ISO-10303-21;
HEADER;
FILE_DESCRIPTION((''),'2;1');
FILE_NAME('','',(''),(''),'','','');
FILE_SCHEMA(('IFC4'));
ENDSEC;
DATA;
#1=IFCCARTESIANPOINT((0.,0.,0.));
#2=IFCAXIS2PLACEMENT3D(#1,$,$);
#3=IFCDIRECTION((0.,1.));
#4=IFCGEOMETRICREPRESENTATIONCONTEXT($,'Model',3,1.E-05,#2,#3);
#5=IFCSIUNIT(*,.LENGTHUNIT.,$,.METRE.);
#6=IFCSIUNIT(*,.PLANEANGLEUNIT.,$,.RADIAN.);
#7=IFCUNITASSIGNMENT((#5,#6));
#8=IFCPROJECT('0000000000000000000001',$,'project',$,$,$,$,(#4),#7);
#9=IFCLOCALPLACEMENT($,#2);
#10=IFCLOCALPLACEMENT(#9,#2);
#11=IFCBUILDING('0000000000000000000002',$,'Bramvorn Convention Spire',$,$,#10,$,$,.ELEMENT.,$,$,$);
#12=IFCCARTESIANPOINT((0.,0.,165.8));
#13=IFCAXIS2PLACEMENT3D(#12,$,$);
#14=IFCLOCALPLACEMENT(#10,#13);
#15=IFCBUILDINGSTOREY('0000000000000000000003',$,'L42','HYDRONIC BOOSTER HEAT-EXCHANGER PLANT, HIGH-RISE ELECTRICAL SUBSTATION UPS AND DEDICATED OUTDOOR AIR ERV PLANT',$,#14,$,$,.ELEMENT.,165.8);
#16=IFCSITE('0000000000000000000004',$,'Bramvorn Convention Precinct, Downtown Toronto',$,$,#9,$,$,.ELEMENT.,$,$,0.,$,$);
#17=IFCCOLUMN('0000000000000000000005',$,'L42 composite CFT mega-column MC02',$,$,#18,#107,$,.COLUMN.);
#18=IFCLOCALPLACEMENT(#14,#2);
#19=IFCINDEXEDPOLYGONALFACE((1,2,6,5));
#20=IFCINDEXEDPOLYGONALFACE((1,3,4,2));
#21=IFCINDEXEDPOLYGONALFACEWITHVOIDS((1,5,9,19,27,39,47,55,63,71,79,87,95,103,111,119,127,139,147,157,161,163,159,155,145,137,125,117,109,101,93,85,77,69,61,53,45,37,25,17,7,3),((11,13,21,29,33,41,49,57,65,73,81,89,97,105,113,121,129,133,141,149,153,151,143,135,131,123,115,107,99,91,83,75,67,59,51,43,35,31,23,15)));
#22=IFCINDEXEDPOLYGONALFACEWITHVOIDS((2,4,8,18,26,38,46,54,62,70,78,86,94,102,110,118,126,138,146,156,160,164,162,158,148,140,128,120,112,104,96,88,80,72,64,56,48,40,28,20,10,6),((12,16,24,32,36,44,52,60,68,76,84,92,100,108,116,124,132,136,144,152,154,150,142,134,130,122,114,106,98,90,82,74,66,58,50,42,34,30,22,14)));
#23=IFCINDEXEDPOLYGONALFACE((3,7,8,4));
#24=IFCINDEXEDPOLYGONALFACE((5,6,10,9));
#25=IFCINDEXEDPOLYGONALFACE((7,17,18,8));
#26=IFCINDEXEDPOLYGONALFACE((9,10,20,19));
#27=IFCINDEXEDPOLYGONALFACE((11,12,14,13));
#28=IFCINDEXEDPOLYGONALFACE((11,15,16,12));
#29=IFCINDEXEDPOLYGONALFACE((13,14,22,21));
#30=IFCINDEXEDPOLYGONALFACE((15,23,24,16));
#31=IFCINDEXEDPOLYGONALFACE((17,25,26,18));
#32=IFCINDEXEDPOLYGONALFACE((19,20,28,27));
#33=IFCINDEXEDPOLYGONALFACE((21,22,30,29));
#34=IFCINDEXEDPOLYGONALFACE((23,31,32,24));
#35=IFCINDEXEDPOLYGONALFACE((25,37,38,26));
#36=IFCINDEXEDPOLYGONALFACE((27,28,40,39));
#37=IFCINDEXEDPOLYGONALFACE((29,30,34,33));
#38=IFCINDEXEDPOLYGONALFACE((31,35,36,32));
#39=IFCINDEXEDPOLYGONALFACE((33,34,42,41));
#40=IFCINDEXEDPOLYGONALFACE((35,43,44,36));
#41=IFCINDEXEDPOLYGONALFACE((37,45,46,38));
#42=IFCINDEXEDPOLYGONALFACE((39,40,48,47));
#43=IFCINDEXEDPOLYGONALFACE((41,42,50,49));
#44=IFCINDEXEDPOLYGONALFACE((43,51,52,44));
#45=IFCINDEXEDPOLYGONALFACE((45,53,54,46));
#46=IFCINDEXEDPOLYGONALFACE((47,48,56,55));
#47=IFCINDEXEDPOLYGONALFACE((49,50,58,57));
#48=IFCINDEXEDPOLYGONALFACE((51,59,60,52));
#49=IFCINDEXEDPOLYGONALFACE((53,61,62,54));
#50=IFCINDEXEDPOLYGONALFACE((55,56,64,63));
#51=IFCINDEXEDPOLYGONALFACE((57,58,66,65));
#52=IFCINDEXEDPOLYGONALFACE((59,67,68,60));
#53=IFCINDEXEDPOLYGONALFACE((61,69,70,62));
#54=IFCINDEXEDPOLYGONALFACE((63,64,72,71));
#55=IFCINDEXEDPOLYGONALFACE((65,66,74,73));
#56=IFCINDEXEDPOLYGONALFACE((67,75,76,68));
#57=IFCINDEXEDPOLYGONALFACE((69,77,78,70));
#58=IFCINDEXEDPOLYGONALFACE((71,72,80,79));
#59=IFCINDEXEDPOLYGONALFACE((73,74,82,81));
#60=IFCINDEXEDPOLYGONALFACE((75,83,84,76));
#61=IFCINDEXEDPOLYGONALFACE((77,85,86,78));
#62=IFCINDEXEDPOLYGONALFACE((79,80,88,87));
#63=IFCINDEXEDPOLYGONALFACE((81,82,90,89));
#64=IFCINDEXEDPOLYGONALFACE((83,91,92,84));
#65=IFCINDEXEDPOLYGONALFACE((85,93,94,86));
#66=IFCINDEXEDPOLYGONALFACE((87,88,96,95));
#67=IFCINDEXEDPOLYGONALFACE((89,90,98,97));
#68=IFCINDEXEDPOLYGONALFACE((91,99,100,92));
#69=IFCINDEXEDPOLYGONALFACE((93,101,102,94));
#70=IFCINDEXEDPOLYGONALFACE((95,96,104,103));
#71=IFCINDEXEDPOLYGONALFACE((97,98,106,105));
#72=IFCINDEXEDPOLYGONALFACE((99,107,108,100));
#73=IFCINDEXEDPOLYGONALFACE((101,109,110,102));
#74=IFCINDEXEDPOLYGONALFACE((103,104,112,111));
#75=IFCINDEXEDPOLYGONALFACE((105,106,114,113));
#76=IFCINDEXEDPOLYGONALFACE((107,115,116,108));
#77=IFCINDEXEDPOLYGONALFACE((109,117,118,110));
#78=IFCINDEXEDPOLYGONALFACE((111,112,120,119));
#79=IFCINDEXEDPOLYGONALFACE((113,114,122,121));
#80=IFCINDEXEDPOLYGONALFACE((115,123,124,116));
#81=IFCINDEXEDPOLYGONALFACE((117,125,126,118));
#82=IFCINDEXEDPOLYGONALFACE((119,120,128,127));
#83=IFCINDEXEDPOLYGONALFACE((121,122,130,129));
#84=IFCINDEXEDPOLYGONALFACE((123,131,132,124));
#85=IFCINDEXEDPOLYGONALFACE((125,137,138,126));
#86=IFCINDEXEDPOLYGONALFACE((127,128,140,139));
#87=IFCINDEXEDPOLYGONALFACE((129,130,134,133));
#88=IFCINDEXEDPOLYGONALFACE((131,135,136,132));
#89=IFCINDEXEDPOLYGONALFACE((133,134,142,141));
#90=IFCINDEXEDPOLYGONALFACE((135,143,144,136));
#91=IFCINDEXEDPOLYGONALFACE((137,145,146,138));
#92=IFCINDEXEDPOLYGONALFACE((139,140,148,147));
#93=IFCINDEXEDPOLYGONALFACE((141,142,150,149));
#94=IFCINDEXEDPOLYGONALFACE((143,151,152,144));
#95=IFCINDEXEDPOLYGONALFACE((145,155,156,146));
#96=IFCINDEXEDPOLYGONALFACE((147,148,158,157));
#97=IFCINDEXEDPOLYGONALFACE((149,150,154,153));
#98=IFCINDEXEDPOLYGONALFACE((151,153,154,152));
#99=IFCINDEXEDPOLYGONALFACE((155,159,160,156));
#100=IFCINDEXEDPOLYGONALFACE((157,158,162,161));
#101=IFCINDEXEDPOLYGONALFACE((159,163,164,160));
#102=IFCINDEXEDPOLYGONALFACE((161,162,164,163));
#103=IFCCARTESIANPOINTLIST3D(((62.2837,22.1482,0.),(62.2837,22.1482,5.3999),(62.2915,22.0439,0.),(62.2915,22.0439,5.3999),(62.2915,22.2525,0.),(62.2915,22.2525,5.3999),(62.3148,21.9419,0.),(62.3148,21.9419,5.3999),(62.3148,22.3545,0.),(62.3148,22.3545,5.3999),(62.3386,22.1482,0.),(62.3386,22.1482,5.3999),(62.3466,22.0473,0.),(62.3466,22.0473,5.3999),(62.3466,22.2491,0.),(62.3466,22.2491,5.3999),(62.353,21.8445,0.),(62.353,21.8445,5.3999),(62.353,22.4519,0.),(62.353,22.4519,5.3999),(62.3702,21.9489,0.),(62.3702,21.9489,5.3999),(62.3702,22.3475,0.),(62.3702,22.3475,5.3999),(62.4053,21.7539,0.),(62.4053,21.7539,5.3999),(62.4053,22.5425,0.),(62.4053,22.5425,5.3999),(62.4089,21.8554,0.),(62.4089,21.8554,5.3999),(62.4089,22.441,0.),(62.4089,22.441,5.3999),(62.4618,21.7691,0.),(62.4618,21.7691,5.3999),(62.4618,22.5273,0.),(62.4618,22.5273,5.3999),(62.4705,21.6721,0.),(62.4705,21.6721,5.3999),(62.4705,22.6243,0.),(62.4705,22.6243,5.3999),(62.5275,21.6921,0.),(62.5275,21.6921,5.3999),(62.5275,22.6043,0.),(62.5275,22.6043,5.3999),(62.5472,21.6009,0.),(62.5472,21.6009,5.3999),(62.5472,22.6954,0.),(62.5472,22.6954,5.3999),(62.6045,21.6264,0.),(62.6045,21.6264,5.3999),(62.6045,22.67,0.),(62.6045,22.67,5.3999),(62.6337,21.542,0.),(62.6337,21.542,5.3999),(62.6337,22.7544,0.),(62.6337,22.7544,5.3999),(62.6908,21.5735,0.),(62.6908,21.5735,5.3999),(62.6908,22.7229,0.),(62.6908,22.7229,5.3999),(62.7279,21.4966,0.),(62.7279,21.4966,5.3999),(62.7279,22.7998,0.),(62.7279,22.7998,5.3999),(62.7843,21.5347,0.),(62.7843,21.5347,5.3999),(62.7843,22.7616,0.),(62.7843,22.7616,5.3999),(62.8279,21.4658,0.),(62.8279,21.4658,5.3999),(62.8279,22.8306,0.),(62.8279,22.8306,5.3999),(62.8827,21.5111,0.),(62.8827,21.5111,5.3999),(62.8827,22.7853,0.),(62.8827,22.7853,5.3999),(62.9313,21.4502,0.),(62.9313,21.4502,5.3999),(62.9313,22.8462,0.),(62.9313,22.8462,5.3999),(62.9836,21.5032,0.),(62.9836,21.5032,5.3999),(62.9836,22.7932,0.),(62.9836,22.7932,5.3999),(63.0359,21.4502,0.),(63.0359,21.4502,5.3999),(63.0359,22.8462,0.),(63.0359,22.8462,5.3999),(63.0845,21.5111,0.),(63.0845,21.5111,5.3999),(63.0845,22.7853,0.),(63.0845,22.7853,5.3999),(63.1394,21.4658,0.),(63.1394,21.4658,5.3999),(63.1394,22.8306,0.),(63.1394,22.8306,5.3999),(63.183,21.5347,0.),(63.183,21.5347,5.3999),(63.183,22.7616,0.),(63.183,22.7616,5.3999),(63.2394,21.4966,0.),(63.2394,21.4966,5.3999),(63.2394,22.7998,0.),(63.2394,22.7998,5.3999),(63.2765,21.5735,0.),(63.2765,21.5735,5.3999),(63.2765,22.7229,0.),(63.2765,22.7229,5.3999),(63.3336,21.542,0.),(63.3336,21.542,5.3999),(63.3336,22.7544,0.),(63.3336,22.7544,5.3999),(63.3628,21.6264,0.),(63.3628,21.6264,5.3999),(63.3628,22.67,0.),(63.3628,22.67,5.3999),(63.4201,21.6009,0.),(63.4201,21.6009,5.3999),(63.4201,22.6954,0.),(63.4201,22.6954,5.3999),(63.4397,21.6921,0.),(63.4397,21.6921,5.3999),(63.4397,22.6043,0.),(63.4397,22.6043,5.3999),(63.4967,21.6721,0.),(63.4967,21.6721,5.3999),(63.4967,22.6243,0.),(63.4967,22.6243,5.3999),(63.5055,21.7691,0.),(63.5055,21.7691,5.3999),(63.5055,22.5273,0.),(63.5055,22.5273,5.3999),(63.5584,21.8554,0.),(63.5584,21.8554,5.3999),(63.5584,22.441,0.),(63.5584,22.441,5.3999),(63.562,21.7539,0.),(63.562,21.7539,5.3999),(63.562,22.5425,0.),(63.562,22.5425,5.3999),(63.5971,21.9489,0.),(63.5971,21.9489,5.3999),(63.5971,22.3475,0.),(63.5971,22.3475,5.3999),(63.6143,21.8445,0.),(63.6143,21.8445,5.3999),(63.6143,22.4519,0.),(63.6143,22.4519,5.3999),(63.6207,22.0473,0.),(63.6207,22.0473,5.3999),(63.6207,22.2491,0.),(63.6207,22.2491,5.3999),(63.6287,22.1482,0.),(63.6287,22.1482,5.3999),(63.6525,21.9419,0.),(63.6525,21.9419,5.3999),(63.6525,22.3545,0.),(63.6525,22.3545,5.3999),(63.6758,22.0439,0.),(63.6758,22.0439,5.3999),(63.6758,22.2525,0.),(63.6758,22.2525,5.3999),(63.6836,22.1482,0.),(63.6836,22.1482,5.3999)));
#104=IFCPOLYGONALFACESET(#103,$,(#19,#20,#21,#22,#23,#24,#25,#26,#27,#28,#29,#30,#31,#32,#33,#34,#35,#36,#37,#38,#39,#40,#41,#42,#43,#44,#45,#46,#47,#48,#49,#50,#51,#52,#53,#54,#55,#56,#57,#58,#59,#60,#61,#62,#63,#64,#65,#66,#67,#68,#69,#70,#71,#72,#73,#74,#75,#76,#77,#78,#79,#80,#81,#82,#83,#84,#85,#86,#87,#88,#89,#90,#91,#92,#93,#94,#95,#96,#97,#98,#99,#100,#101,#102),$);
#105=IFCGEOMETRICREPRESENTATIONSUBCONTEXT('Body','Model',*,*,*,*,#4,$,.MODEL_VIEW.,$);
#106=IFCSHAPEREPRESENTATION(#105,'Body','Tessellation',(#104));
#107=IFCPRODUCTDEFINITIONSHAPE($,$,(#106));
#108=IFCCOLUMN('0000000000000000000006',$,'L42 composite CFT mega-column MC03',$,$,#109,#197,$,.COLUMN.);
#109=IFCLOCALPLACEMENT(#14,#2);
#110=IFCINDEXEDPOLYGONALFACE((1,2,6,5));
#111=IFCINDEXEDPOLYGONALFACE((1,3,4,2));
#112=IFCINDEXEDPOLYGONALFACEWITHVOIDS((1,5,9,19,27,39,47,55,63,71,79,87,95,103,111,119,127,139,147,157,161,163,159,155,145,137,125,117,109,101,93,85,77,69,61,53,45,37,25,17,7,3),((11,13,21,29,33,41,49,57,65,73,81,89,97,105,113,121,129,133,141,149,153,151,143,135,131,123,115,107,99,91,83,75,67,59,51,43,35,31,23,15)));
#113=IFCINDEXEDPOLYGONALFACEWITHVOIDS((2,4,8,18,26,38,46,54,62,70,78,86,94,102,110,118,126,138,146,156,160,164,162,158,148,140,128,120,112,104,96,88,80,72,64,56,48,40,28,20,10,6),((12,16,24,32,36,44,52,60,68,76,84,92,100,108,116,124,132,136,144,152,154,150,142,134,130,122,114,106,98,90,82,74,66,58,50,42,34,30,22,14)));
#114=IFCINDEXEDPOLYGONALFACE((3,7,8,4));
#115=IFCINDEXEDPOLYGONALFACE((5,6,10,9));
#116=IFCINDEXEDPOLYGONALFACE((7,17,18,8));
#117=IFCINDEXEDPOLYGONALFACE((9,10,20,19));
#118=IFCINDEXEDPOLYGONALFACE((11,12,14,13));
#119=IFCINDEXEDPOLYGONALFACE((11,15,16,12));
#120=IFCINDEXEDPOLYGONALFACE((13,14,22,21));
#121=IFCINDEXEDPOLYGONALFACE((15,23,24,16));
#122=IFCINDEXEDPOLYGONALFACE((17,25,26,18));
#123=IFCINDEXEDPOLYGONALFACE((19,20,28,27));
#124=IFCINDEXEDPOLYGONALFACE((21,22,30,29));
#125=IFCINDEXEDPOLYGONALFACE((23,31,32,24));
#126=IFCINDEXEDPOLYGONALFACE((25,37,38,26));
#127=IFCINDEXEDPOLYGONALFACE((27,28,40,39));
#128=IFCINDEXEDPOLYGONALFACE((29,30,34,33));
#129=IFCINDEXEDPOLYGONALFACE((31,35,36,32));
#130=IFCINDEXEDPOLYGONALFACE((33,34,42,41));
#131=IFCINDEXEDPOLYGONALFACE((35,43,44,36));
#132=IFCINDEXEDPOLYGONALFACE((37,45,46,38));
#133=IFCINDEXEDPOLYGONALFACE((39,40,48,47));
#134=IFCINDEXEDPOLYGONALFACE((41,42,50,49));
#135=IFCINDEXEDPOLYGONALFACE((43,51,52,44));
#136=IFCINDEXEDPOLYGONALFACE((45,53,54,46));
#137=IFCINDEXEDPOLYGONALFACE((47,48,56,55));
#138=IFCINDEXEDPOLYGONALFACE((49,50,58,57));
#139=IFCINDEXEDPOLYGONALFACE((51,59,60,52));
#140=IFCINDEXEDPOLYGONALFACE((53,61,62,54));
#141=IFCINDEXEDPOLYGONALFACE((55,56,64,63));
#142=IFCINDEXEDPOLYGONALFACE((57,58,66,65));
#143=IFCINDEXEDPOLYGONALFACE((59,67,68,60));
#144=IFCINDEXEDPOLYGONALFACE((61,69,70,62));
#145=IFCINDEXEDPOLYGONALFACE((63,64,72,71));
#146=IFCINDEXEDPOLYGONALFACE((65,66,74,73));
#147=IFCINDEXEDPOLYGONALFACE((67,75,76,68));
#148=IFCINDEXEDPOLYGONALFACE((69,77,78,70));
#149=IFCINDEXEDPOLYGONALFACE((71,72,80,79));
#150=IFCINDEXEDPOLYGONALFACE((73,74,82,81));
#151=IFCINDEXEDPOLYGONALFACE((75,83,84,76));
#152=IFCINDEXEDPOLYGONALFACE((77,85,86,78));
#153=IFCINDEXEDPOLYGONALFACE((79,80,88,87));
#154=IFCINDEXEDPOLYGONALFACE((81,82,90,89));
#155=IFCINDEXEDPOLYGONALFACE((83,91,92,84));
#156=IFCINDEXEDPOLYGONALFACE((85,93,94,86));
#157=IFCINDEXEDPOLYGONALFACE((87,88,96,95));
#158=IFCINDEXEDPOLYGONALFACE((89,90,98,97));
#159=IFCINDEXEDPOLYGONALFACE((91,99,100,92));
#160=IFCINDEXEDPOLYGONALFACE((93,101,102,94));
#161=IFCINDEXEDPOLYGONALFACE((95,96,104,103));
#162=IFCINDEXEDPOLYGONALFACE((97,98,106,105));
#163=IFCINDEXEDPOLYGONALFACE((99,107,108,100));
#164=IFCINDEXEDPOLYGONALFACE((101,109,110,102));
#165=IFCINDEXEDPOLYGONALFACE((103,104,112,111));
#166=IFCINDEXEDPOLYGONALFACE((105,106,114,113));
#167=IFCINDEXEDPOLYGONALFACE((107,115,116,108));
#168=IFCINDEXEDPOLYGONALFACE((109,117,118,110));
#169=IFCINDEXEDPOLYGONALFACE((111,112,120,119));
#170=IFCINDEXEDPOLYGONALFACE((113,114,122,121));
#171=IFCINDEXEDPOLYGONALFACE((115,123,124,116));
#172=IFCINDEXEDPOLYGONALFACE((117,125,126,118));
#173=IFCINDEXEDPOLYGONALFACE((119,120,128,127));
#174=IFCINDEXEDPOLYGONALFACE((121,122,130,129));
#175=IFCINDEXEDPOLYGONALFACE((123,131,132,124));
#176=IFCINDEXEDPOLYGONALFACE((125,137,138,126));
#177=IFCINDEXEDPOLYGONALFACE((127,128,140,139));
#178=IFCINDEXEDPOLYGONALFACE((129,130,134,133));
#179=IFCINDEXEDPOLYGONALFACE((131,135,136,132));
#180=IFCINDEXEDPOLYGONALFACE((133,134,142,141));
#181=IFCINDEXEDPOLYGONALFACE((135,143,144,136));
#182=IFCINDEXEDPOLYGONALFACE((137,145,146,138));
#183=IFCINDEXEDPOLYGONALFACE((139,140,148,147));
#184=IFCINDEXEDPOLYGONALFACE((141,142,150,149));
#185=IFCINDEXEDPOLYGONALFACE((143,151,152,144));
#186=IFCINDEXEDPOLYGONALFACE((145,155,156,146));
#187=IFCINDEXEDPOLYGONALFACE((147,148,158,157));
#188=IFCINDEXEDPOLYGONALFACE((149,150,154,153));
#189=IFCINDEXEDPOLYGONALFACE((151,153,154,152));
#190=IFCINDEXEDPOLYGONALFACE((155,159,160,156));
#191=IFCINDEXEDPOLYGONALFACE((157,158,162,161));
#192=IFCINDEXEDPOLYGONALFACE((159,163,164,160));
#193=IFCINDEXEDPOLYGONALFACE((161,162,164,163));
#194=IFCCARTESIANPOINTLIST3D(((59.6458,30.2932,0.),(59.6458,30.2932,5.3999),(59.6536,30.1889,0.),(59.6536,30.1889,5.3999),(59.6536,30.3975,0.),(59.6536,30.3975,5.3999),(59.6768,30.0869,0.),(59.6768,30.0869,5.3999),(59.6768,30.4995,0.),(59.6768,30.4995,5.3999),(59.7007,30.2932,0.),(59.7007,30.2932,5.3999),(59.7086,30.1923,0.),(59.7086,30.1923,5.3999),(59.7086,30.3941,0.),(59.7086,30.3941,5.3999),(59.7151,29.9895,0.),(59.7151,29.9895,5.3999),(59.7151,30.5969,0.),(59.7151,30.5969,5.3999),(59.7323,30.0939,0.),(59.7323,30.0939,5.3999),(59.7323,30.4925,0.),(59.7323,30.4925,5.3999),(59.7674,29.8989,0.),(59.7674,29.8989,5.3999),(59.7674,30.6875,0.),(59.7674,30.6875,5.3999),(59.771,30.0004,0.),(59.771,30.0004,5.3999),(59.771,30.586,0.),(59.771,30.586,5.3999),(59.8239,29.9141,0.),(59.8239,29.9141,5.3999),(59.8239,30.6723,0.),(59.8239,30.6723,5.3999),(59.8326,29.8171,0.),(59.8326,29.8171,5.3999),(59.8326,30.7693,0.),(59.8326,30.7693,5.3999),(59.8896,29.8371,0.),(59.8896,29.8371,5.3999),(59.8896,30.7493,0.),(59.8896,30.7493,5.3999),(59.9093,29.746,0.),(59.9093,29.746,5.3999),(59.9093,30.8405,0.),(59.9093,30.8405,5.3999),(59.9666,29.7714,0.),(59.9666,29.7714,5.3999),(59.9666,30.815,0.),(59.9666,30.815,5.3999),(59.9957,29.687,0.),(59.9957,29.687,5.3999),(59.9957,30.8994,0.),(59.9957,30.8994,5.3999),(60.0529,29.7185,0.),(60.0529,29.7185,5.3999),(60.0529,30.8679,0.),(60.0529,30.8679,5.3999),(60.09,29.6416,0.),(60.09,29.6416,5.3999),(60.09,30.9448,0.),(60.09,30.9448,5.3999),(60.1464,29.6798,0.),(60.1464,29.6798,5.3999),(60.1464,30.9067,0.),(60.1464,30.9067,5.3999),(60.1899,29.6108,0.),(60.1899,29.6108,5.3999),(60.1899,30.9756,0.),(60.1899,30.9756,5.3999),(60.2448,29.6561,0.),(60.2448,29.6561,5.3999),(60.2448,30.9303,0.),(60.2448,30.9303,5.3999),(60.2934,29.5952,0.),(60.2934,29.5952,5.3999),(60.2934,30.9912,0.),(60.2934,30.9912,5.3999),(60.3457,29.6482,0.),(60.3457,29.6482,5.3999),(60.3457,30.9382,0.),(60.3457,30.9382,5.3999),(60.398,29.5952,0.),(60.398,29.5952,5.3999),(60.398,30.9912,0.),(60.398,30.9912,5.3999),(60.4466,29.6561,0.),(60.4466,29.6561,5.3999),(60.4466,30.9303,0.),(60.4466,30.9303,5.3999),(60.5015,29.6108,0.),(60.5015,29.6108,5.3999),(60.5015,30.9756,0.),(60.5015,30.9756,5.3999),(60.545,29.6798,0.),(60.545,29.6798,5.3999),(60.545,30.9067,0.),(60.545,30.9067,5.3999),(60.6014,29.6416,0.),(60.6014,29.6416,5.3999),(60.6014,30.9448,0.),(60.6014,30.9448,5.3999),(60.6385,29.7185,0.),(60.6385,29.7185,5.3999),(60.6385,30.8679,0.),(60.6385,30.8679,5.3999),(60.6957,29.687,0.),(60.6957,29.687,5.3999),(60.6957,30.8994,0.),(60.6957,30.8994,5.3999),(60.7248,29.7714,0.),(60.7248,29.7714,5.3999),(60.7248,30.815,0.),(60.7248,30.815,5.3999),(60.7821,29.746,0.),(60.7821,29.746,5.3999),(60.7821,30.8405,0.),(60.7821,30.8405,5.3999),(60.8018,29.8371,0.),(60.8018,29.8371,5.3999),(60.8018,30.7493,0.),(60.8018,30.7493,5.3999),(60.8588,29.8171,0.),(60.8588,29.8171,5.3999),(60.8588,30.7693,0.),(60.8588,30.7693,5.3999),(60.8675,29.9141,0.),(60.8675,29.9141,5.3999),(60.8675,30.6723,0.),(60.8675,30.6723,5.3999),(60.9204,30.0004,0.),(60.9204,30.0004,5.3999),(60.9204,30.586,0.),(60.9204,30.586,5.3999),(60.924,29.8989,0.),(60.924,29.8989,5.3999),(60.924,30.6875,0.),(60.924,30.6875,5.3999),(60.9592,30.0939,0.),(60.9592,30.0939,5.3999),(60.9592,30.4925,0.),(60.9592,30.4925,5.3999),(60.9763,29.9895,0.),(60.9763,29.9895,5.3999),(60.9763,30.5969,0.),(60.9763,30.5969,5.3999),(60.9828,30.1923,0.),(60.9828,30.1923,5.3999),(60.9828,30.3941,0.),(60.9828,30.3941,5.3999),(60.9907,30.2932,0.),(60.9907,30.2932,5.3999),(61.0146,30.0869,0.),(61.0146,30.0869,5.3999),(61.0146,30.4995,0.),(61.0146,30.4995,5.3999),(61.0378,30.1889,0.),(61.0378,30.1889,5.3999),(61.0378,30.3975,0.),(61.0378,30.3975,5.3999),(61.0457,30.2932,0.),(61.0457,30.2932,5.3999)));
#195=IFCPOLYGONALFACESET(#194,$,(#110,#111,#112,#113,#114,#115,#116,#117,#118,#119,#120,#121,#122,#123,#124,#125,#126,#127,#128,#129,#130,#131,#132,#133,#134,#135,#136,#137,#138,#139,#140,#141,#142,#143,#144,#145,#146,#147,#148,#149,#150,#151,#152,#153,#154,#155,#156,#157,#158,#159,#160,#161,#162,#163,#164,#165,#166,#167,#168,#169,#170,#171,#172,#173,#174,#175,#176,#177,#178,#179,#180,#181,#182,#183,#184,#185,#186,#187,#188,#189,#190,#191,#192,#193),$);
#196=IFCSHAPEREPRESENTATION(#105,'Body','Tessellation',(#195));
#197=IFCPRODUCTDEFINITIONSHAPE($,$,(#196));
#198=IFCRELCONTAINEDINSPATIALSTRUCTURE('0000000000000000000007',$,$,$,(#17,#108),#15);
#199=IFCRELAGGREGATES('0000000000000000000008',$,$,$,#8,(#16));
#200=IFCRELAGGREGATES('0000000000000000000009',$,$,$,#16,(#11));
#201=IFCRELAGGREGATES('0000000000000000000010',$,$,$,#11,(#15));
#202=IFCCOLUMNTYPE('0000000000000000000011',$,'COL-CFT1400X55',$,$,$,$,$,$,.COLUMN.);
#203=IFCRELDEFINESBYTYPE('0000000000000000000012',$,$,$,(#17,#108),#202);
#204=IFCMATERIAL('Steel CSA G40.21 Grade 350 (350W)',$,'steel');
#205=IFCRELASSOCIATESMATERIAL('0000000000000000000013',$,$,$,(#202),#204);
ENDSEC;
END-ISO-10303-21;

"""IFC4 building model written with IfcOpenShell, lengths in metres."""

from ifc_helpers import new_model, si_unit, direction, frame, origin, origin_2d, place, context, subcontext, project, spatial, hollow_circle, extrude, material, material_profile, profile_set, type_object, element, save


model = new_model("IFC4")

# Units and contexts
model_context = context("Model", 3, precision=1e-05, world=origin(), true_north=direction((0.0, 1.0)))
body_context = subcontext(model_context, "Body", "Model", "MODEL_VIEW")
ifc_project = project(units=[si_unit("LENGTHUNIT", "METRE"), si_unit("PLANEANGLEUNIT", "RADIAN")], contexts=[model_context])

# Site, building, storey
site_placement = place(None, origin())
site = spatial("IfcSite", under=ifc_project, at=site_placement, Name="Bramvorn Convention Precinct, Downtown Toronto", CompositionType="ELEMENT", RefElevation=0.0)
building_placement = place(site_placement, origin())
building = spatial("IfcBuilding", under=site, at=building_placement, Name="Bramvorn Convention Spire", CompositionType="ELEMENT")
storey_placement = place(building_placement, frame((0.0, 0.0, 165.8)))
storey = spatial("IfcBuildingStorey", under=building, at=storey_placement, Name="L42", Description="HYDRONIC BOOSTER HEAT-EXCHANGER PLANT, HIGH-RISE ELECTRICAL SUBSTATION UPS AND DEDICATED OUTDOOR AIR ERV PLANT", CompositionType="ELEMENT", Elevation=165.8)

# Columns
ifc_material_1 = material(Name="Steel CSA G40.21 Grade 350 (350W)", Category="steel")
ifc_material_profile_1 = material_profile(ifc_material_1, hollow_circle(Radius=0.7, WallThickness=0.0549, at=origin_2d()))
ifc_profile_set_1 = profile_set([ifc_material_profile_1], Name="Steel CSA G40.21 Grade 350 (350W) - CFT1400X55")
column_type = type_object("IfcColumnType", Name="COL-CFT1400X55", PredefinedType="COLUMN", material=ifc_profile_set_1)
for number, where, z_axis, x_axis, name in (
    (1, (62.9836, 22.1482, 0.0), (0.0, 0.0, 1.0), (1.0, 0.0, 0.0), "L42 composite CFT mega-column MC02"),
    (2, (60.3457, 30.2932, 0.0), (0.0, 0.0, 1.0), (1.0, 0.0, 0.0), "L42 composite CFT mega-column MC03"),
):
    element("IfcColumn", number, at=place(storey_placement, frame(where, z_axis=z_axis, x_axis=x_axis)), inside=storey, type_object=column_type, Name=name, PredefinedType="COLUMN", context=body_context, shape_type="SweptSolid", body=[
        extrude(hollow_circle(Radius=0.7, WallThickness=0.0549, at=origin_2d()), origin(), (0.0, 0.0, 1.0), 5.3999),
    ])

save(model, "model.ifc")
